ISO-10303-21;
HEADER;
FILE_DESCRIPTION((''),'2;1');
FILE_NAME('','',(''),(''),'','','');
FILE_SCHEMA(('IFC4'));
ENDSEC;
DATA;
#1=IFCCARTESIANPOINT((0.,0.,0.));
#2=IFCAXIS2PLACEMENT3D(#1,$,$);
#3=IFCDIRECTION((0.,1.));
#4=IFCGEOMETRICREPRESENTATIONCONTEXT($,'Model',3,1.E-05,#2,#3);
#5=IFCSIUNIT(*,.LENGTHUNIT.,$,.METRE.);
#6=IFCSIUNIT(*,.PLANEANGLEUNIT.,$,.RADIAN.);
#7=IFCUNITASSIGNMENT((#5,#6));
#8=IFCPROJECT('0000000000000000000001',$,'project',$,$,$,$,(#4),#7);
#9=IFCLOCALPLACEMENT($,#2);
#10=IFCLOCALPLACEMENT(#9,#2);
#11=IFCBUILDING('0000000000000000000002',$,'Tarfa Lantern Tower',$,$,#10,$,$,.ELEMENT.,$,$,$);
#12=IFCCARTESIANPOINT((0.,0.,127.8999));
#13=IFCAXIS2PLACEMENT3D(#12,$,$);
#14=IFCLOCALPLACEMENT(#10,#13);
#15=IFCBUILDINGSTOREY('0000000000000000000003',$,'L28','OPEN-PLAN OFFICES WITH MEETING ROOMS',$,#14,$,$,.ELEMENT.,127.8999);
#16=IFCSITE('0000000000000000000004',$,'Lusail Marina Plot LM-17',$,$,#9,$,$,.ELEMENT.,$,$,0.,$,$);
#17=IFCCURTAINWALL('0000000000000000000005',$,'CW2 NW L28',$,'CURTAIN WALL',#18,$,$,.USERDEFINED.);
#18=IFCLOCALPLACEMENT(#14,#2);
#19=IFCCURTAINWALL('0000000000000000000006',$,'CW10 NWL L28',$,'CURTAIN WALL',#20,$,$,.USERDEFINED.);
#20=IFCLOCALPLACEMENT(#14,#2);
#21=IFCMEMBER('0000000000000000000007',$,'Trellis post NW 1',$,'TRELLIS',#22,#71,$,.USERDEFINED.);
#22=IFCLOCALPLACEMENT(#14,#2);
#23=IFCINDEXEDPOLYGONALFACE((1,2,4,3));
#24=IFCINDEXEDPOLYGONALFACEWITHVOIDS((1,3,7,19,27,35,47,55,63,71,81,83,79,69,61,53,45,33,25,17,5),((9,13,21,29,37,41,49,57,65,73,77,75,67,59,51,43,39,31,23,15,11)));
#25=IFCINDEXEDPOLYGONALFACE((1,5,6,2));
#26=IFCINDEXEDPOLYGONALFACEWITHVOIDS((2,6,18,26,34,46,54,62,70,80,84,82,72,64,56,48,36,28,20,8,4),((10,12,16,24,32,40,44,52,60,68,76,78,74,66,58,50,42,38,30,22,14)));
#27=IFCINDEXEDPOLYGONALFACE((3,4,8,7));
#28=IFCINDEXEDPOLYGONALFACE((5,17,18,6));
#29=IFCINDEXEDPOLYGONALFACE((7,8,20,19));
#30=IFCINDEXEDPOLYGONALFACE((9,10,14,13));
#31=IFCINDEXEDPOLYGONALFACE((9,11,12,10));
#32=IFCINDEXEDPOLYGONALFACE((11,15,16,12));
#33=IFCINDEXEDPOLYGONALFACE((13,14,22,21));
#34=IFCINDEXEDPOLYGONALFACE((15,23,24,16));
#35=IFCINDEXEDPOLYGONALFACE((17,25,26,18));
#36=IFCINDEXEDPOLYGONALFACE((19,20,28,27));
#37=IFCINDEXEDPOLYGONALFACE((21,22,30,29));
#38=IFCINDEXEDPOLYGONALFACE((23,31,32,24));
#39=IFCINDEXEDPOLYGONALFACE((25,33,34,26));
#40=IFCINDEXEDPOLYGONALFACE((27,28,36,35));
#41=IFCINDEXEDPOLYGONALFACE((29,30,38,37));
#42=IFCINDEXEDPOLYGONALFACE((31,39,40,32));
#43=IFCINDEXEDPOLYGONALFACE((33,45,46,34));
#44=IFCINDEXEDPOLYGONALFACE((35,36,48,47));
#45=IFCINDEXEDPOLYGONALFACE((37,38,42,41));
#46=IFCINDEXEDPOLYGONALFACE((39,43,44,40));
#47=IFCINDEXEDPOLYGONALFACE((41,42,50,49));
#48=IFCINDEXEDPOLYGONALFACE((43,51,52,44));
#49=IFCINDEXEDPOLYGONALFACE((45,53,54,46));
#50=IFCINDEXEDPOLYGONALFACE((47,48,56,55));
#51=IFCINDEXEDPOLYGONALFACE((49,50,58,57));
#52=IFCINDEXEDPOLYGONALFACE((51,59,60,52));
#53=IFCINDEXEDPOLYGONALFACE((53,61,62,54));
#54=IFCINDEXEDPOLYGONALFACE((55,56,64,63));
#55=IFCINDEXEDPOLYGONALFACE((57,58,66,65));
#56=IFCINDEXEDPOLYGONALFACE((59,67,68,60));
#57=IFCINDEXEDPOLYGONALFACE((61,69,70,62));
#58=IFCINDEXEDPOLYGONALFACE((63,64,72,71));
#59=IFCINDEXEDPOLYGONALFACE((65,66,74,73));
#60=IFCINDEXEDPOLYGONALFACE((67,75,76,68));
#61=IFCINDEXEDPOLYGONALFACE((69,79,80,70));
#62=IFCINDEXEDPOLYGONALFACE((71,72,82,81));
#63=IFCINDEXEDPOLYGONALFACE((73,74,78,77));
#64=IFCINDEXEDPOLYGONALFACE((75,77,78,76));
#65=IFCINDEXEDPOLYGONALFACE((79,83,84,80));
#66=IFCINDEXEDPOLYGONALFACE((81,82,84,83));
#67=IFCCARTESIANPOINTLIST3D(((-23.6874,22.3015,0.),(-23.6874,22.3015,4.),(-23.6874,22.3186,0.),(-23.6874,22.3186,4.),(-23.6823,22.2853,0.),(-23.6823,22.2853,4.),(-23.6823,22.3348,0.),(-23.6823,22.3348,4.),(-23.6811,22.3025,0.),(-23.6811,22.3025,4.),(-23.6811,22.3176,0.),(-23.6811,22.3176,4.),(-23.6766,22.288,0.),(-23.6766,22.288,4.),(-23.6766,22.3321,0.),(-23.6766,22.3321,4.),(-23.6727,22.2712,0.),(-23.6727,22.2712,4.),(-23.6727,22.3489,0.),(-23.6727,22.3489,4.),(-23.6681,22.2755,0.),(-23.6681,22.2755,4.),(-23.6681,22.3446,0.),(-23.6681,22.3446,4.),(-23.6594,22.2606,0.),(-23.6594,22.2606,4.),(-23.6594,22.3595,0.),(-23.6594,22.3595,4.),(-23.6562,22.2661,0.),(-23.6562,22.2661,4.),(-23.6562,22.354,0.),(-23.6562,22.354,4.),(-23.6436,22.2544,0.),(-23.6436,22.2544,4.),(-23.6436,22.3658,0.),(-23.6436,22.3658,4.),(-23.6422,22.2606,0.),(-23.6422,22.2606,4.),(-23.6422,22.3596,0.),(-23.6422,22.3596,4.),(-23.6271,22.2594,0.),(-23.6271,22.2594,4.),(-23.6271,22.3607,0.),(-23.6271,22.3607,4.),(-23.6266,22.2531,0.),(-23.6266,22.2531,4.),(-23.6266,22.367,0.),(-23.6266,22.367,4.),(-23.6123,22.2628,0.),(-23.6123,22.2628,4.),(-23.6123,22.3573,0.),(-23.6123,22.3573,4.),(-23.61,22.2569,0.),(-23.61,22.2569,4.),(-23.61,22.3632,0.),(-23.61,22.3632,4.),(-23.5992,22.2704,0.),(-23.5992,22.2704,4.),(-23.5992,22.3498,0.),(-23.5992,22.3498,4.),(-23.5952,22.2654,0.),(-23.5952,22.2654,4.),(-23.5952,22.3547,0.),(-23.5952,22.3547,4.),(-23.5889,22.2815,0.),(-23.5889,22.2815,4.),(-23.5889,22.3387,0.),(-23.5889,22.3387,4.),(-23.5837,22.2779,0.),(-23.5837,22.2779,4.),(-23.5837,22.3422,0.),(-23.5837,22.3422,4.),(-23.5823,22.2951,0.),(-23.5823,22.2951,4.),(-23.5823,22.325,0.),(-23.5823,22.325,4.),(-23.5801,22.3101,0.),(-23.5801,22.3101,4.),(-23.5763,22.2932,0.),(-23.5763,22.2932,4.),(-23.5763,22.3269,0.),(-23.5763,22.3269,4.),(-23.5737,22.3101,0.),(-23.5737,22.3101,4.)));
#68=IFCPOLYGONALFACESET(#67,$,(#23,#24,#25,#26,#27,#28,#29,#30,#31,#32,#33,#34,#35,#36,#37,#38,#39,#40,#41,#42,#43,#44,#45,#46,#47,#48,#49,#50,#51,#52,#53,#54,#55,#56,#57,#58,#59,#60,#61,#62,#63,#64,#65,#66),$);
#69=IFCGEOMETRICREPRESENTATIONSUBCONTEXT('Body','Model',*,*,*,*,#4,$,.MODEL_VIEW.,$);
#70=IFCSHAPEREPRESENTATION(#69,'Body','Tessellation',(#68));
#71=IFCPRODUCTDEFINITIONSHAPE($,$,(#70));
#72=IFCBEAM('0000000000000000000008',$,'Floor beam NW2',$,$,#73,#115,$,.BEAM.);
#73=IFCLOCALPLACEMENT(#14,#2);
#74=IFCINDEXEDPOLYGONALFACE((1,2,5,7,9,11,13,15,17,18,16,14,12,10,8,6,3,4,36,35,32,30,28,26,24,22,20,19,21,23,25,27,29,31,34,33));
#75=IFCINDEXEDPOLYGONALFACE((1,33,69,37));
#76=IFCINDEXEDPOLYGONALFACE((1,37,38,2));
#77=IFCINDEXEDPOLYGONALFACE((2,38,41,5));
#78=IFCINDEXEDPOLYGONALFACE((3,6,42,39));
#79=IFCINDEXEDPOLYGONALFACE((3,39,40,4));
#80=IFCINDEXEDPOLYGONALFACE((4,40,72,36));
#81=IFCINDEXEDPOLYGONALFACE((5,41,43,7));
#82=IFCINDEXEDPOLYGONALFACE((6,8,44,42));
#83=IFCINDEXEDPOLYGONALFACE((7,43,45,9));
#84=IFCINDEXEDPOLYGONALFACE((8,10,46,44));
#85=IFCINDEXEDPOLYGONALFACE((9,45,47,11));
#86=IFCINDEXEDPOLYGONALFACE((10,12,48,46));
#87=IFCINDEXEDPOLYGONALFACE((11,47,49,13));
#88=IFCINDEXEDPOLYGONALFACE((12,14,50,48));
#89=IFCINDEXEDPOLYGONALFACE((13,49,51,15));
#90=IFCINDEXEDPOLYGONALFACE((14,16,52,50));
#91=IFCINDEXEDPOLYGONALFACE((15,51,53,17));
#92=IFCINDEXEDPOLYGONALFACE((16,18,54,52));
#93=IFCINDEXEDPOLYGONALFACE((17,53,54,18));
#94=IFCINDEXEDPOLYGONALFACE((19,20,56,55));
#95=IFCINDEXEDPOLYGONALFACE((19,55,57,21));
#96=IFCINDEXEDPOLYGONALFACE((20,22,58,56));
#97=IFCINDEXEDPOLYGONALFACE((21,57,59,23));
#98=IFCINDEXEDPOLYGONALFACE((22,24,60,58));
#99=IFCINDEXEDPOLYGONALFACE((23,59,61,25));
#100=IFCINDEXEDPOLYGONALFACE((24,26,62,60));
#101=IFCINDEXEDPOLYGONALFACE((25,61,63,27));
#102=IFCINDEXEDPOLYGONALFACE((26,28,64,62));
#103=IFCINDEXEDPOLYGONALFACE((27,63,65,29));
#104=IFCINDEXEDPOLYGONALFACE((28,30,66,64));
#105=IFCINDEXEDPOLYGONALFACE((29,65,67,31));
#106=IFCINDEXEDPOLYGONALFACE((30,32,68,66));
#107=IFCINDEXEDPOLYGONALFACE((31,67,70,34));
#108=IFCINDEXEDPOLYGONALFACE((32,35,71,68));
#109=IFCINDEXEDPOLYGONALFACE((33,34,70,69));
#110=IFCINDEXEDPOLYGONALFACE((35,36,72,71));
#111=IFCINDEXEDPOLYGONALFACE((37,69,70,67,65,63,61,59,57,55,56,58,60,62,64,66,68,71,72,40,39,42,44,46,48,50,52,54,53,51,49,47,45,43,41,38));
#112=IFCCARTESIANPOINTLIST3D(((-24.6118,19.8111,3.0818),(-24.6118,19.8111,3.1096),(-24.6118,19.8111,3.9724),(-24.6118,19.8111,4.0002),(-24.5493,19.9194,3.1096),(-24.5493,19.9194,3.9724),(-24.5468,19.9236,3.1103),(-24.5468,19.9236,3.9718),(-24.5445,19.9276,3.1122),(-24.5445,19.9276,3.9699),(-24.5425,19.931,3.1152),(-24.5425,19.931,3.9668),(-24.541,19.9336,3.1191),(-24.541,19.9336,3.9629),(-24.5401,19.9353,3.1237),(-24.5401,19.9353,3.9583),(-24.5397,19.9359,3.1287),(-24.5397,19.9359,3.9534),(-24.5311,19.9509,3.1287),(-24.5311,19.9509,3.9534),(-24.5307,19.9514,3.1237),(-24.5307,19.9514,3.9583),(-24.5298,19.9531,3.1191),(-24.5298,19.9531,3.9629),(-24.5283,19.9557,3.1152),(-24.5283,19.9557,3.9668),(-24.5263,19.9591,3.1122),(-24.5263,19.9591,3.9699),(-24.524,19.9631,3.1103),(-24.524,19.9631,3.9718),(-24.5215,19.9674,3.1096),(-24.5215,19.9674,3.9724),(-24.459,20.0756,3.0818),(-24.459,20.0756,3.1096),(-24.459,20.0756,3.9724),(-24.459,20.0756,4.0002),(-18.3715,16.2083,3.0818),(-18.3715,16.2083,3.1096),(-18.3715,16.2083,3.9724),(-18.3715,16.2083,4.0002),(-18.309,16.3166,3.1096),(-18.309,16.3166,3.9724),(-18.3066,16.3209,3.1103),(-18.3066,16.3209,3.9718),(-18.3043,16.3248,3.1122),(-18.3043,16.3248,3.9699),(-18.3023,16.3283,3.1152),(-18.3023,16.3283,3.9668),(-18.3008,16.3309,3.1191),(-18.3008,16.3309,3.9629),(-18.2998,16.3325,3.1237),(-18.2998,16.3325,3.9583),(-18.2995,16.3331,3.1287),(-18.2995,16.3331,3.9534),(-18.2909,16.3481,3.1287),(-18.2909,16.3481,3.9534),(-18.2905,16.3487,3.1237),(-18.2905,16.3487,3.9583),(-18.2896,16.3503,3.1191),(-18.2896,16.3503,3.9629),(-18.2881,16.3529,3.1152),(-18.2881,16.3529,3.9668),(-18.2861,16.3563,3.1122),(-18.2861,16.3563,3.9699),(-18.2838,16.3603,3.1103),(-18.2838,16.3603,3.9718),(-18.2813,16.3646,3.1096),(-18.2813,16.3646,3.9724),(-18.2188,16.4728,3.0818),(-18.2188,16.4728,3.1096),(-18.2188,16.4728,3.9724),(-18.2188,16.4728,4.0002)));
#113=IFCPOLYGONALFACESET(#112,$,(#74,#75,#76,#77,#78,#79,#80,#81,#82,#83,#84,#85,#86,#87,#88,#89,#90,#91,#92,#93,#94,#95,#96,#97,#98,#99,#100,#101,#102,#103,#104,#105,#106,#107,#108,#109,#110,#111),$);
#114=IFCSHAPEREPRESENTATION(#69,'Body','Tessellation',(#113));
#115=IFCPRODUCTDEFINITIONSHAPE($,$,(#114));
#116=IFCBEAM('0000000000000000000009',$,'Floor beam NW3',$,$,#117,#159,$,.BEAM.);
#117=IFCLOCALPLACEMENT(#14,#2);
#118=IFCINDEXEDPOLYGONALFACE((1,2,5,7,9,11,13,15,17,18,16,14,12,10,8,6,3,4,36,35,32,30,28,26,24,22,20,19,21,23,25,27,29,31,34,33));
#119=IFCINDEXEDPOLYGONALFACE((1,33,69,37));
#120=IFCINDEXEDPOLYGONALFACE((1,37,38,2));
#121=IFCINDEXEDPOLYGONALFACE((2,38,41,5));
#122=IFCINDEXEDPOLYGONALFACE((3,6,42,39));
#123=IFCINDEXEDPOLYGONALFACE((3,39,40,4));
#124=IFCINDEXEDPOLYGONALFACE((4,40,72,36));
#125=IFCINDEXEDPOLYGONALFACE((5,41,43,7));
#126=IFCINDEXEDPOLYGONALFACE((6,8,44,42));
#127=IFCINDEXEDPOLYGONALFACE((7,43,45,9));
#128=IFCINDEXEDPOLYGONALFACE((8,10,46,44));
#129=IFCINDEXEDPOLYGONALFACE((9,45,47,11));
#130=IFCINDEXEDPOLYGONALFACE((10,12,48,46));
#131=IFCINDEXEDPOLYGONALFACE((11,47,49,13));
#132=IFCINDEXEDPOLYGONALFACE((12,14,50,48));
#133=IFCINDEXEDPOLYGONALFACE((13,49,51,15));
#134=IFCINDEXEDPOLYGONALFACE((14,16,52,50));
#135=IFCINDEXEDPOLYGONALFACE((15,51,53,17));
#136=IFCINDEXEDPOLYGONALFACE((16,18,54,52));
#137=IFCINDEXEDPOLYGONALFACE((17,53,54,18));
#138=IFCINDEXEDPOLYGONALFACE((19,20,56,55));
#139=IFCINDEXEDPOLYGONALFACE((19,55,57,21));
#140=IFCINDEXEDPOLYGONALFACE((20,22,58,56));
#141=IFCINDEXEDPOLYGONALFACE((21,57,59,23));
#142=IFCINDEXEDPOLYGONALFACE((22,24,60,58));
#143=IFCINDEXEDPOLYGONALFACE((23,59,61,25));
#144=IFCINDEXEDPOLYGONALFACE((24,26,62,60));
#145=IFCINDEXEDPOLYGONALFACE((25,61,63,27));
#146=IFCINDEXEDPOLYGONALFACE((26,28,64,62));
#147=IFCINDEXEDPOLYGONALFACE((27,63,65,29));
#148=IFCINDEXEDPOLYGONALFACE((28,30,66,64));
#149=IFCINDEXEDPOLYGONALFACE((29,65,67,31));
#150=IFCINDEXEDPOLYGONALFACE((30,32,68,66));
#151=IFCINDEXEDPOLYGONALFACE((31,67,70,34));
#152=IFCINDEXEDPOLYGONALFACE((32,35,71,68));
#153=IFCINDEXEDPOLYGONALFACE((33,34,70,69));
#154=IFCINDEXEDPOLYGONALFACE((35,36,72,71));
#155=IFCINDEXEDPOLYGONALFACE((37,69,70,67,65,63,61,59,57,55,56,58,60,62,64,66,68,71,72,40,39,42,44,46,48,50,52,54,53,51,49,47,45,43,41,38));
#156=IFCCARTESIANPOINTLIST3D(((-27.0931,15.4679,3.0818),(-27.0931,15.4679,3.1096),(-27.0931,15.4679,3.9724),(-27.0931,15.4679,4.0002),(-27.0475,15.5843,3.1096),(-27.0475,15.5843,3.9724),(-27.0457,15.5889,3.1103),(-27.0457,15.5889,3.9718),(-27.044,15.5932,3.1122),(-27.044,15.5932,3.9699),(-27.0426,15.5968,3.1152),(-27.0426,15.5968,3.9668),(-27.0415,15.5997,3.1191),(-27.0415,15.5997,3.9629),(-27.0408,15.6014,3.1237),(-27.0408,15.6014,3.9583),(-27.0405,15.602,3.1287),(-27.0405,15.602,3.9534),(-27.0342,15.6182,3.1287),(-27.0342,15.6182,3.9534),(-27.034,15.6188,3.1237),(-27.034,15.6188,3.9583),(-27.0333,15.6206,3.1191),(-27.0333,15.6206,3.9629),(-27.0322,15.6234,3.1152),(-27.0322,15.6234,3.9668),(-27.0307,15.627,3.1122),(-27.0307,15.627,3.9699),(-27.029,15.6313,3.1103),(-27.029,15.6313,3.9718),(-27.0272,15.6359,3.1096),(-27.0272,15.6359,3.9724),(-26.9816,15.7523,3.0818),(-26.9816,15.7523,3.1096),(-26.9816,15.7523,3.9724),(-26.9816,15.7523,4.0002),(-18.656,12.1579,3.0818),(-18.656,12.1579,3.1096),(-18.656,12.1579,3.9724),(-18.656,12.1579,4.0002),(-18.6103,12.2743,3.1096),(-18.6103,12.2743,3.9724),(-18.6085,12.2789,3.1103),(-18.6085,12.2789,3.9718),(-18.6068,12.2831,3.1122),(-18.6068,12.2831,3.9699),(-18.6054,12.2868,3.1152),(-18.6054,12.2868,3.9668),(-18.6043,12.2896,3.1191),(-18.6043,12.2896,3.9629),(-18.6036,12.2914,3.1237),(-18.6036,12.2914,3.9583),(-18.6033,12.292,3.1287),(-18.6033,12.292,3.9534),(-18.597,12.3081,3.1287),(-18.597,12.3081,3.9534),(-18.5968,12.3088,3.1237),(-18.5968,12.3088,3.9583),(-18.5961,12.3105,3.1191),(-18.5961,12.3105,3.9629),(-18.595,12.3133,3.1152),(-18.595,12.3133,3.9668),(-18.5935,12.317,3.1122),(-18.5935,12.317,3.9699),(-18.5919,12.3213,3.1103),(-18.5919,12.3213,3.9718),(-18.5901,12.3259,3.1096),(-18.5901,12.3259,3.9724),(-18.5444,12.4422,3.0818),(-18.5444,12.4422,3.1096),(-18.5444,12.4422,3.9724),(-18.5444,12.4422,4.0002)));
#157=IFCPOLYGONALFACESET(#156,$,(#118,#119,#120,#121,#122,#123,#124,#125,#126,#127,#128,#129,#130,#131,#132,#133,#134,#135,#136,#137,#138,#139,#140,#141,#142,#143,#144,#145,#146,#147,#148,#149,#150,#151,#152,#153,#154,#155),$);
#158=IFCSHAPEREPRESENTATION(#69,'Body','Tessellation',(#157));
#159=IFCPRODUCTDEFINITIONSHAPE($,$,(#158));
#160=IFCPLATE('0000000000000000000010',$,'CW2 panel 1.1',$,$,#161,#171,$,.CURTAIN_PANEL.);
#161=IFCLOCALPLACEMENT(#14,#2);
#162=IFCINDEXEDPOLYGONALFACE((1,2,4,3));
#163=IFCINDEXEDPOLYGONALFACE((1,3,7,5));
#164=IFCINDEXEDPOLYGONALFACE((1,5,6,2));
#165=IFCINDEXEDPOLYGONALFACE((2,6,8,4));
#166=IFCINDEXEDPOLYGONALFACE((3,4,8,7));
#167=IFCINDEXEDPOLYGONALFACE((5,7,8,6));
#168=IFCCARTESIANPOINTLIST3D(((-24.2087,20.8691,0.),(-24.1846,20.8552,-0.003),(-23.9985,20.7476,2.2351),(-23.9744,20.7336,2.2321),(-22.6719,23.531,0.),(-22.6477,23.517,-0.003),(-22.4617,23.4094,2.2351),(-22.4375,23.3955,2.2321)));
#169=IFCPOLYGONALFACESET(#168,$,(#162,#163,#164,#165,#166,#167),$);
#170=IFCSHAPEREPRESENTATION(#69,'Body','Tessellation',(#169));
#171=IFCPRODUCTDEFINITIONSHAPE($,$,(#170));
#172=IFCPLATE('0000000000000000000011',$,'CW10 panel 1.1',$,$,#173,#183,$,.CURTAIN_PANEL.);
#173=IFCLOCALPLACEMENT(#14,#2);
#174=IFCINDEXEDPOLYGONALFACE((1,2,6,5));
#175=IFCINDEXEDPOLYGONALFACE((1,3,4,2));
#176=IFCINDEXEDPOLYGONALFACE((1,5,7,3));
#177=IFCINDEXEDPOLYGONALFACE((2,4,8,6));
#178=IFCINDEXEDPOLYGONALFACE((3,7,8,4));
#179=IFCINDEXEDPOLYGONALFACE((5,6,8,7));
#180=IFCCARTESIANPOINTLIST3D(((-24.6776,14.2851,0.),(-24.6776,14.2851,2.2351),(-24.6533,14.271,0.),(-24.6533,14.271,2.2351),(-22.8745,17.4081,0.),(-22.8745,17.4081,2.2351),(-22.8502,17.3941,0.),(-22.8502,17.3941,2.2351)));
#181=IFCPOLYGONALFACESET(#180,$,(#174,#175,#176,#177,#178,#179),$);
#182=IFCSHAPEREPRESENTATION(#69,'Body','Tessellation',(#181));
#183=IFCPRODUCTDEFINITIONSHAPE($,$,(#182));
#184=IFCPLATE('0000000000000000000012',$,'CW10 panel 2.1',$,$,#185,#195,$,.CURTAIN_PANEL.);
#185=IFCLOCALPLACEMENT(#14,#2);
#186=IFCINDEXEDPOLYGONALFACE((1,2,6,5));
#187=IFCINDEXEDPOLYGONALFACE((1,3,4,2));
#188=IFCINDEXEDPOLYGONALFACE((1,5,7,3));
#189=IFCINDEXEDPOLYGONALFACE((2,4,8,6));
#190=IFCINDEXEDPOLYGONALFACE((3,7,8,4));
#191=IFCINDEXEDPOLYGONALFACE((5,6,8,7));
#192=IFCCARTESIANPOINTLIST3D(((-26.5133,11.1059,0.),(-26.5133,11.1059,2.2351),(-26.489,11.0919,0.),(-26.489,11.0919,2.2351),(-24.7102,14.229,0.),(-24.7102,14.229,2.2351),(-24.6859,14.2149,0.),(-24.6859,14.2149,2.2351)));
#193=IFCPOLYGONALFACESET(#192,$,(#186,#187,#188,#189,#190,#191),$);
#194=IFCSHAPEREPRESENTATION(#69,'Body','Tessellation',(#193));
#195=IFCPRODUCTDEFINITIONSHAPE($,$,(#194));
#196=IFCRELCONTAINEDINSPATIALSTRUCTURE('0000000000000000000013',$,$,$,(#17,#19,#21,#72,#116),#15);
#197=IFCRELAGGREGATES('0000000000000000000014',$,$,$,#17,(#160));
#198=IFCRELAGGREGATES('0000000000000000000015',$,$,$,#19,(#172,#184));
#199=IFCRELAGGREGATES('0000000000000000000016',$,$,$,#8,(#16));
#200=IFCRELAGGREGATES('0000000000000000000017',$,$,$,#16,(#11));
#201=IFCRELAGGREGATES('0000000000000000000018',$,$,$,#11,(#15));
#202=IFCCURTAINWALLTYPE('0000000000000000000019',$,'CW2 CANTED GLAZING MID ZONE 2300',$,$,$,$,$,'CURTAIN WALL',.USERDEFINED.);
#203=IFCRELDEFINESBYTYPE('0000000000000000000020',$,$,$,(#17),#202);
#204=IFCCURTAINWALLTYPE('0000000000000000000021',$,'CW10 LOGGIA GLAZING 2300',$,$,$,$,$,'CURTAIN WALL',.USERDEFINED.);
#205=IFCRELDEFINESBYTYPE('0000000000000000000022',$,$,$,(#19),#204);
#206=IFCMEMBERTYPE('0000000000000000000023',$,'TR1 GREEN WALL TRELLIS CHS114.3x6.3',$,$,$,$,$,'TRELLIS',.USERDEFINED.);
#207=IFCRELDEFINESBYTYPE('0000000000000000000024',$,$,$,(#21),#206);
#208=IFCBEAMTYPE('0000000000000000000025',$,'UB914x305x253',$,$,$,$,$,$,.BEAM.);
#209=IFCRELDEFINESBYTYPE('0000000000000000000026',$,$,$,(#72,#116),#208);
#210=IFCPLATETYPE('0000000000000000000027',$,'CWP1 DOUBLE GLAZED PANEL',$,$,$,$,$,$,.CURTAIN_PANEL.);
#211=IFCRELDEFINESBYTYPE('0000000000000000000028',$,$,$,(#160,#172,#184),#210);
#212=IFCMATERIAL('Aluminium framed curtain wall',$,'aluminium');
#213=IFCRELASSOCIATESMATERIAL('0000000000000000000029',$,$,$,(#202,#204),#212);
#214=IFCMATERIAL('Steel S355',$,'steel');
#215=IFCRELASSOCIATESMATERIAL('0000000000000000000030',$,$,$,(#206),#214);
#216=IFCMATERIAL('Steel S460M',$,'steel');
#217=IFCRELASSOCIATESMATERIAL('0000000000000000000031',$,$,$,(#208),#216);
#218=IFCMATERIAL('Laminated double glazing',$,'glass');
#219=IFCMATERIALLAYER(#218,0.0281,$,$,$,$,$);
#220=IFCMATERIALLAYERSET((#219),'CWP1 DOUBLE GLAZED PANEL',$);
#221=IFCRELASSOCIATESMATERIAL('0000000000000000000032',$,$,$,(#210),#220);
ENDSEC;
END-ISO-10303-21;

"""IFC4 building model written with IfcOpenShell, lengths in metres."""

from ifc_helpers import new_model, si_unit, direction, frame, origin, origin_2d, place, context, subcontext, project, spatial, polyline, rectangle, hollow_circle, i_section, outline, extrude, material, layer, layer_set, material_profile, profile_set, type_object, element, aggregate, save


model = new_model("IFC4")

# Units and contexts
model_context = context("Model", 3, precision=1e-05, world=origin(), true_north=direction((0.0, 1.0)))
body_context = subcontext(model_context, "Body", "Model", "MODEL_VIEW")
ifc_project = project(units=[si_unit("LENGTHUNIT", "METRE"), si_unit("PLANEANGLEUNIT", "RADIAN")], contexts=[model_context])

# Site, building, storey
site_placement = place(None, origin())
site = spatial("IfcSite", under=ifc_project, at=site_placement, Name="Lusail Marina Plot LM-17", CompositionType="ELEMENT", RefElevation=0.0)
building_placement = place(site_placement, origin())
building = spatial("IfcBuilding", under=site, at=building_placement, Name="Tarfa Lantern Tower", CompositionType="ELEMENT")
storey_placement = place(building_placement, frame((0.0, 0.0, 127.8999)))
storey = spatial("IfcBuildingStorey", under=building, at=storey_placement, Name="L28", Description="OPEN-PLAN OFFICES WITH MEETING ROOMS", CompositionType="ELEMENT", Elevation=127.8999)

# Curtain walls
ifc_material_1 = material(Name="Aluminium framed curtain wall", Category="aluminium")
curtain_wall_type_1 = type_object("IfcCurtainWallType", Name="CW2 CANTED GLAZING MID ZONE 2300", ElementType="CURTAIN WALL", PredefinedType="USERDEFINED", material=ifc_material_1)
curtain_wall_1_placement = place(storey_placement, origin())
curtain_wall_1 = element("IfcCurtainWall", 1, at=curtain_wall_1_placement, inside=storey, type_object=curtain_wall_type_1, Name="CW2 NW L28", ObjectType="CURTAIN WALL", PredefinedType="USERDEFINED")
curtain_wall_type_2 = type_object("IfcCurtainWallType", Name="CW10 LOGGIA GLAZING 2300", ElementType="CURTAIN WALL", PredefinedType="USERDEFINED", material=ifc_material_1)
curtain_wall_2_placement = place(storey_placement, origin())
curtain_wall_2 = element("IfcCurtainWall", 2, at=curtain_wall_2_placement, inside=storey, type_object=curtain_wall_type_2, Name="CW10 NWL L28", ObjectType="CURTAIN WALL", PredefinedType="USERDEFINED")

# Member
ifc_material_2 = material(Name="Steel S355", Category="steel")
ifc_material_profile_1 = material_profile(ifc_material_2, hollow_circle(Radius=0.0571, WallThickness=0.0063, at=origin_2d()), Name="CHS114.3x6.3")
ifc_profile_set_1 = profile_set([ifc_material_profile_1], Name="Steel S355")
member_type_1 = type_object("IfcMemberType", Name="TR1 GREEN WALL TRELLIS CHS114.3x6.3", ElementType="TRELLIS", PredefinedType="USERDEFINED", material=ifc_profile_set_1)
member_1_placement = place(storey_placement, frame((-23.6309, 22.3101, 0.0), z_axis=(0.0, 0.0, 1.0), x_axis=(1.0, 0.0, 0.0)))
element("IfcMember", 3, at=member_1_placement, inside=storey, type_object=member_type_1, Name="Trellis post NW 1", ObjectType="TRELLIS", PredefinedType="USERDEFINED", context=body_context, shape_type="SweptSolid", body=[
    extrude(hollow_circle(Radius=0.0571, WallThickness=0.0063, at=origin_2d()), origin(), (0.0, 0.0, 1.0), 4.0),
])

# Beams
ifc_material_3 = material(Name="Steel S460M", Category="steel")
ifc_material_profile_2 = material_profile(ifc_material_3, i_section(OverallWidth=0.3054, OverallDepth=0.9185, WebThickness=0.0173, FlangeThickness=0.0278, FilletRadius=0.019, at=origin_2d()), Name="UB914x305x253")
ifc_profile_set_2 = profile_set([ifc_material_profile_2], Name="Steel S460M")
beam_type_1 = type_object("IfcBeamType", Name="UB914x305x253", PredefinedType="BEAM", material=ifc_profile_set_2)
beam_1_placement = place(storey_placement, frame((-24.5354, 19.9434, 3.541), z_axis=(0.866026, -0.499998, 0.0), x_axis=(0.499998, 0.866026, 0.0)))
element("IfcBeam", 4, at=beam_1_placement, inside=storey, type_object=beam_type_1, Name="Floor beam NW2", PredefinedType="BEAM", context=body_context, shape_type="SweptSolid", body=[
    extrude(i_section(OverallWidth=0.3054, OverallDepth=0.9185, WebThickness=0.0173, FlangeThickness=0.0278, FilletRadius=0.019, at=origin_2d()), origin(), (0.0, 0.0, 1.0), 7.2056),
])
beam_2_placement = place(storey_placement, frame((-27.0374, 15.6101, 3.541), z_axis=(0.930923, -0.365215, 0.0), x_axis=(0.365215, 0.930923, 0.0)))
element("IfcBeam", 5, at=beam_2_placement, inside=storey, type_object=beam_type_1, Name="Floor beam NW3", PredefinedType="BEAM", context=body_context, shape_type="SweptSolid", body=[
    extrude(i_section(OverallWidth=0.3054, OverallDepth=0.9185, WebThickness=0.0173, FlangeThickness=0.0278, FilletRadius=0.019, at=origin_2d()), origin(), (0.0, 0.0, 1.0), 9.0632),
])

# Plates
ifc_material_4 = material(Name="Laminated double glazing", Category="glass")
ifc_layer_1 = layer(ifc_material_4, 0.0281)
ifc_layer_set_1 = layer_set([ifc_layer_1], Name="CWP1 DOUBLE GLAZED PANEL")
plate_type_1 = type_object("IfcPlateType", Name="CWP1 DOUBLE GLAZED PANEL", PredefinedType="CURTAIN_PANEL", material=ifc_layer_set_1)
plate_1_placement = place(storey_placement, frame((-22.6719, 23.531, 0.0), z_axis=(-0.860954, 0.497084, 0.10801), x_axis=(-0.500009, -0.86602, 0.0)))
plate_1 = element("IfcPlate", 6, at=plate_1_placement, type_object=plate_type_1, Name="CW2 panel 1.1", PredefinedType="CURTAIN_PANEL", context=body_context, shape_type="SweptSolid", body=[
    extrude(outline(polyline([(0.0, 0.0), (3.0737, 0.0), (3.0739, 2.2483), (0.0002, 2.2483), (0.0, 0.0)])), origin(), (0.0, 0.0, -1.0), 0.0281),
])
aggregate(curtain_wall_1, [plate_1])
plate_2_placement = place(storey_placement, frame((-23.7639, 15.8396, 0.0), z_axis=(0.0, 0.0, 1.0), x_axis=(-0.5, -0.866025, 0.0)))
plate_2 = element("IfcPlate", 7, at=plate_2_placement, type_object=plate_type_1, Name="CW10 panel 1.1", PredefinedType="CURTAIN_PANEL", context=body_context, shape_type="SweptSolid", body=[
    extrude(rectangle(XDim=3.6062, YDim=0.0281, at=origin_2d()), origin(), (0.0, 0.0, 1.0), 2.2351),
])
plate_3_placement = place(storey_placement, frame((-25.5996, 12.6604, 0.0), z_axis=(0.0, 0.0, 1.0), x_axis=(-0.5, -0.866025, 0.0)))
plate_3 = element("IfcPlate", 8, at=plate_3_placement, type_object=plate_type_1, Name="CW10 panel 2.1", PredefinedType="CURTAIN_PANEL", context=body_context, shape_type="SweptSolid", body=[
    extrude(rectangle(XDim=3.6062, YDim=0.0281, at=origin_2d()), origin(), (0.0, 0.0, 1.0), 2.2351),
])
aggregate(curtain_wall_2, [plate_2, plate_3])

save(model, "model.ifc")
